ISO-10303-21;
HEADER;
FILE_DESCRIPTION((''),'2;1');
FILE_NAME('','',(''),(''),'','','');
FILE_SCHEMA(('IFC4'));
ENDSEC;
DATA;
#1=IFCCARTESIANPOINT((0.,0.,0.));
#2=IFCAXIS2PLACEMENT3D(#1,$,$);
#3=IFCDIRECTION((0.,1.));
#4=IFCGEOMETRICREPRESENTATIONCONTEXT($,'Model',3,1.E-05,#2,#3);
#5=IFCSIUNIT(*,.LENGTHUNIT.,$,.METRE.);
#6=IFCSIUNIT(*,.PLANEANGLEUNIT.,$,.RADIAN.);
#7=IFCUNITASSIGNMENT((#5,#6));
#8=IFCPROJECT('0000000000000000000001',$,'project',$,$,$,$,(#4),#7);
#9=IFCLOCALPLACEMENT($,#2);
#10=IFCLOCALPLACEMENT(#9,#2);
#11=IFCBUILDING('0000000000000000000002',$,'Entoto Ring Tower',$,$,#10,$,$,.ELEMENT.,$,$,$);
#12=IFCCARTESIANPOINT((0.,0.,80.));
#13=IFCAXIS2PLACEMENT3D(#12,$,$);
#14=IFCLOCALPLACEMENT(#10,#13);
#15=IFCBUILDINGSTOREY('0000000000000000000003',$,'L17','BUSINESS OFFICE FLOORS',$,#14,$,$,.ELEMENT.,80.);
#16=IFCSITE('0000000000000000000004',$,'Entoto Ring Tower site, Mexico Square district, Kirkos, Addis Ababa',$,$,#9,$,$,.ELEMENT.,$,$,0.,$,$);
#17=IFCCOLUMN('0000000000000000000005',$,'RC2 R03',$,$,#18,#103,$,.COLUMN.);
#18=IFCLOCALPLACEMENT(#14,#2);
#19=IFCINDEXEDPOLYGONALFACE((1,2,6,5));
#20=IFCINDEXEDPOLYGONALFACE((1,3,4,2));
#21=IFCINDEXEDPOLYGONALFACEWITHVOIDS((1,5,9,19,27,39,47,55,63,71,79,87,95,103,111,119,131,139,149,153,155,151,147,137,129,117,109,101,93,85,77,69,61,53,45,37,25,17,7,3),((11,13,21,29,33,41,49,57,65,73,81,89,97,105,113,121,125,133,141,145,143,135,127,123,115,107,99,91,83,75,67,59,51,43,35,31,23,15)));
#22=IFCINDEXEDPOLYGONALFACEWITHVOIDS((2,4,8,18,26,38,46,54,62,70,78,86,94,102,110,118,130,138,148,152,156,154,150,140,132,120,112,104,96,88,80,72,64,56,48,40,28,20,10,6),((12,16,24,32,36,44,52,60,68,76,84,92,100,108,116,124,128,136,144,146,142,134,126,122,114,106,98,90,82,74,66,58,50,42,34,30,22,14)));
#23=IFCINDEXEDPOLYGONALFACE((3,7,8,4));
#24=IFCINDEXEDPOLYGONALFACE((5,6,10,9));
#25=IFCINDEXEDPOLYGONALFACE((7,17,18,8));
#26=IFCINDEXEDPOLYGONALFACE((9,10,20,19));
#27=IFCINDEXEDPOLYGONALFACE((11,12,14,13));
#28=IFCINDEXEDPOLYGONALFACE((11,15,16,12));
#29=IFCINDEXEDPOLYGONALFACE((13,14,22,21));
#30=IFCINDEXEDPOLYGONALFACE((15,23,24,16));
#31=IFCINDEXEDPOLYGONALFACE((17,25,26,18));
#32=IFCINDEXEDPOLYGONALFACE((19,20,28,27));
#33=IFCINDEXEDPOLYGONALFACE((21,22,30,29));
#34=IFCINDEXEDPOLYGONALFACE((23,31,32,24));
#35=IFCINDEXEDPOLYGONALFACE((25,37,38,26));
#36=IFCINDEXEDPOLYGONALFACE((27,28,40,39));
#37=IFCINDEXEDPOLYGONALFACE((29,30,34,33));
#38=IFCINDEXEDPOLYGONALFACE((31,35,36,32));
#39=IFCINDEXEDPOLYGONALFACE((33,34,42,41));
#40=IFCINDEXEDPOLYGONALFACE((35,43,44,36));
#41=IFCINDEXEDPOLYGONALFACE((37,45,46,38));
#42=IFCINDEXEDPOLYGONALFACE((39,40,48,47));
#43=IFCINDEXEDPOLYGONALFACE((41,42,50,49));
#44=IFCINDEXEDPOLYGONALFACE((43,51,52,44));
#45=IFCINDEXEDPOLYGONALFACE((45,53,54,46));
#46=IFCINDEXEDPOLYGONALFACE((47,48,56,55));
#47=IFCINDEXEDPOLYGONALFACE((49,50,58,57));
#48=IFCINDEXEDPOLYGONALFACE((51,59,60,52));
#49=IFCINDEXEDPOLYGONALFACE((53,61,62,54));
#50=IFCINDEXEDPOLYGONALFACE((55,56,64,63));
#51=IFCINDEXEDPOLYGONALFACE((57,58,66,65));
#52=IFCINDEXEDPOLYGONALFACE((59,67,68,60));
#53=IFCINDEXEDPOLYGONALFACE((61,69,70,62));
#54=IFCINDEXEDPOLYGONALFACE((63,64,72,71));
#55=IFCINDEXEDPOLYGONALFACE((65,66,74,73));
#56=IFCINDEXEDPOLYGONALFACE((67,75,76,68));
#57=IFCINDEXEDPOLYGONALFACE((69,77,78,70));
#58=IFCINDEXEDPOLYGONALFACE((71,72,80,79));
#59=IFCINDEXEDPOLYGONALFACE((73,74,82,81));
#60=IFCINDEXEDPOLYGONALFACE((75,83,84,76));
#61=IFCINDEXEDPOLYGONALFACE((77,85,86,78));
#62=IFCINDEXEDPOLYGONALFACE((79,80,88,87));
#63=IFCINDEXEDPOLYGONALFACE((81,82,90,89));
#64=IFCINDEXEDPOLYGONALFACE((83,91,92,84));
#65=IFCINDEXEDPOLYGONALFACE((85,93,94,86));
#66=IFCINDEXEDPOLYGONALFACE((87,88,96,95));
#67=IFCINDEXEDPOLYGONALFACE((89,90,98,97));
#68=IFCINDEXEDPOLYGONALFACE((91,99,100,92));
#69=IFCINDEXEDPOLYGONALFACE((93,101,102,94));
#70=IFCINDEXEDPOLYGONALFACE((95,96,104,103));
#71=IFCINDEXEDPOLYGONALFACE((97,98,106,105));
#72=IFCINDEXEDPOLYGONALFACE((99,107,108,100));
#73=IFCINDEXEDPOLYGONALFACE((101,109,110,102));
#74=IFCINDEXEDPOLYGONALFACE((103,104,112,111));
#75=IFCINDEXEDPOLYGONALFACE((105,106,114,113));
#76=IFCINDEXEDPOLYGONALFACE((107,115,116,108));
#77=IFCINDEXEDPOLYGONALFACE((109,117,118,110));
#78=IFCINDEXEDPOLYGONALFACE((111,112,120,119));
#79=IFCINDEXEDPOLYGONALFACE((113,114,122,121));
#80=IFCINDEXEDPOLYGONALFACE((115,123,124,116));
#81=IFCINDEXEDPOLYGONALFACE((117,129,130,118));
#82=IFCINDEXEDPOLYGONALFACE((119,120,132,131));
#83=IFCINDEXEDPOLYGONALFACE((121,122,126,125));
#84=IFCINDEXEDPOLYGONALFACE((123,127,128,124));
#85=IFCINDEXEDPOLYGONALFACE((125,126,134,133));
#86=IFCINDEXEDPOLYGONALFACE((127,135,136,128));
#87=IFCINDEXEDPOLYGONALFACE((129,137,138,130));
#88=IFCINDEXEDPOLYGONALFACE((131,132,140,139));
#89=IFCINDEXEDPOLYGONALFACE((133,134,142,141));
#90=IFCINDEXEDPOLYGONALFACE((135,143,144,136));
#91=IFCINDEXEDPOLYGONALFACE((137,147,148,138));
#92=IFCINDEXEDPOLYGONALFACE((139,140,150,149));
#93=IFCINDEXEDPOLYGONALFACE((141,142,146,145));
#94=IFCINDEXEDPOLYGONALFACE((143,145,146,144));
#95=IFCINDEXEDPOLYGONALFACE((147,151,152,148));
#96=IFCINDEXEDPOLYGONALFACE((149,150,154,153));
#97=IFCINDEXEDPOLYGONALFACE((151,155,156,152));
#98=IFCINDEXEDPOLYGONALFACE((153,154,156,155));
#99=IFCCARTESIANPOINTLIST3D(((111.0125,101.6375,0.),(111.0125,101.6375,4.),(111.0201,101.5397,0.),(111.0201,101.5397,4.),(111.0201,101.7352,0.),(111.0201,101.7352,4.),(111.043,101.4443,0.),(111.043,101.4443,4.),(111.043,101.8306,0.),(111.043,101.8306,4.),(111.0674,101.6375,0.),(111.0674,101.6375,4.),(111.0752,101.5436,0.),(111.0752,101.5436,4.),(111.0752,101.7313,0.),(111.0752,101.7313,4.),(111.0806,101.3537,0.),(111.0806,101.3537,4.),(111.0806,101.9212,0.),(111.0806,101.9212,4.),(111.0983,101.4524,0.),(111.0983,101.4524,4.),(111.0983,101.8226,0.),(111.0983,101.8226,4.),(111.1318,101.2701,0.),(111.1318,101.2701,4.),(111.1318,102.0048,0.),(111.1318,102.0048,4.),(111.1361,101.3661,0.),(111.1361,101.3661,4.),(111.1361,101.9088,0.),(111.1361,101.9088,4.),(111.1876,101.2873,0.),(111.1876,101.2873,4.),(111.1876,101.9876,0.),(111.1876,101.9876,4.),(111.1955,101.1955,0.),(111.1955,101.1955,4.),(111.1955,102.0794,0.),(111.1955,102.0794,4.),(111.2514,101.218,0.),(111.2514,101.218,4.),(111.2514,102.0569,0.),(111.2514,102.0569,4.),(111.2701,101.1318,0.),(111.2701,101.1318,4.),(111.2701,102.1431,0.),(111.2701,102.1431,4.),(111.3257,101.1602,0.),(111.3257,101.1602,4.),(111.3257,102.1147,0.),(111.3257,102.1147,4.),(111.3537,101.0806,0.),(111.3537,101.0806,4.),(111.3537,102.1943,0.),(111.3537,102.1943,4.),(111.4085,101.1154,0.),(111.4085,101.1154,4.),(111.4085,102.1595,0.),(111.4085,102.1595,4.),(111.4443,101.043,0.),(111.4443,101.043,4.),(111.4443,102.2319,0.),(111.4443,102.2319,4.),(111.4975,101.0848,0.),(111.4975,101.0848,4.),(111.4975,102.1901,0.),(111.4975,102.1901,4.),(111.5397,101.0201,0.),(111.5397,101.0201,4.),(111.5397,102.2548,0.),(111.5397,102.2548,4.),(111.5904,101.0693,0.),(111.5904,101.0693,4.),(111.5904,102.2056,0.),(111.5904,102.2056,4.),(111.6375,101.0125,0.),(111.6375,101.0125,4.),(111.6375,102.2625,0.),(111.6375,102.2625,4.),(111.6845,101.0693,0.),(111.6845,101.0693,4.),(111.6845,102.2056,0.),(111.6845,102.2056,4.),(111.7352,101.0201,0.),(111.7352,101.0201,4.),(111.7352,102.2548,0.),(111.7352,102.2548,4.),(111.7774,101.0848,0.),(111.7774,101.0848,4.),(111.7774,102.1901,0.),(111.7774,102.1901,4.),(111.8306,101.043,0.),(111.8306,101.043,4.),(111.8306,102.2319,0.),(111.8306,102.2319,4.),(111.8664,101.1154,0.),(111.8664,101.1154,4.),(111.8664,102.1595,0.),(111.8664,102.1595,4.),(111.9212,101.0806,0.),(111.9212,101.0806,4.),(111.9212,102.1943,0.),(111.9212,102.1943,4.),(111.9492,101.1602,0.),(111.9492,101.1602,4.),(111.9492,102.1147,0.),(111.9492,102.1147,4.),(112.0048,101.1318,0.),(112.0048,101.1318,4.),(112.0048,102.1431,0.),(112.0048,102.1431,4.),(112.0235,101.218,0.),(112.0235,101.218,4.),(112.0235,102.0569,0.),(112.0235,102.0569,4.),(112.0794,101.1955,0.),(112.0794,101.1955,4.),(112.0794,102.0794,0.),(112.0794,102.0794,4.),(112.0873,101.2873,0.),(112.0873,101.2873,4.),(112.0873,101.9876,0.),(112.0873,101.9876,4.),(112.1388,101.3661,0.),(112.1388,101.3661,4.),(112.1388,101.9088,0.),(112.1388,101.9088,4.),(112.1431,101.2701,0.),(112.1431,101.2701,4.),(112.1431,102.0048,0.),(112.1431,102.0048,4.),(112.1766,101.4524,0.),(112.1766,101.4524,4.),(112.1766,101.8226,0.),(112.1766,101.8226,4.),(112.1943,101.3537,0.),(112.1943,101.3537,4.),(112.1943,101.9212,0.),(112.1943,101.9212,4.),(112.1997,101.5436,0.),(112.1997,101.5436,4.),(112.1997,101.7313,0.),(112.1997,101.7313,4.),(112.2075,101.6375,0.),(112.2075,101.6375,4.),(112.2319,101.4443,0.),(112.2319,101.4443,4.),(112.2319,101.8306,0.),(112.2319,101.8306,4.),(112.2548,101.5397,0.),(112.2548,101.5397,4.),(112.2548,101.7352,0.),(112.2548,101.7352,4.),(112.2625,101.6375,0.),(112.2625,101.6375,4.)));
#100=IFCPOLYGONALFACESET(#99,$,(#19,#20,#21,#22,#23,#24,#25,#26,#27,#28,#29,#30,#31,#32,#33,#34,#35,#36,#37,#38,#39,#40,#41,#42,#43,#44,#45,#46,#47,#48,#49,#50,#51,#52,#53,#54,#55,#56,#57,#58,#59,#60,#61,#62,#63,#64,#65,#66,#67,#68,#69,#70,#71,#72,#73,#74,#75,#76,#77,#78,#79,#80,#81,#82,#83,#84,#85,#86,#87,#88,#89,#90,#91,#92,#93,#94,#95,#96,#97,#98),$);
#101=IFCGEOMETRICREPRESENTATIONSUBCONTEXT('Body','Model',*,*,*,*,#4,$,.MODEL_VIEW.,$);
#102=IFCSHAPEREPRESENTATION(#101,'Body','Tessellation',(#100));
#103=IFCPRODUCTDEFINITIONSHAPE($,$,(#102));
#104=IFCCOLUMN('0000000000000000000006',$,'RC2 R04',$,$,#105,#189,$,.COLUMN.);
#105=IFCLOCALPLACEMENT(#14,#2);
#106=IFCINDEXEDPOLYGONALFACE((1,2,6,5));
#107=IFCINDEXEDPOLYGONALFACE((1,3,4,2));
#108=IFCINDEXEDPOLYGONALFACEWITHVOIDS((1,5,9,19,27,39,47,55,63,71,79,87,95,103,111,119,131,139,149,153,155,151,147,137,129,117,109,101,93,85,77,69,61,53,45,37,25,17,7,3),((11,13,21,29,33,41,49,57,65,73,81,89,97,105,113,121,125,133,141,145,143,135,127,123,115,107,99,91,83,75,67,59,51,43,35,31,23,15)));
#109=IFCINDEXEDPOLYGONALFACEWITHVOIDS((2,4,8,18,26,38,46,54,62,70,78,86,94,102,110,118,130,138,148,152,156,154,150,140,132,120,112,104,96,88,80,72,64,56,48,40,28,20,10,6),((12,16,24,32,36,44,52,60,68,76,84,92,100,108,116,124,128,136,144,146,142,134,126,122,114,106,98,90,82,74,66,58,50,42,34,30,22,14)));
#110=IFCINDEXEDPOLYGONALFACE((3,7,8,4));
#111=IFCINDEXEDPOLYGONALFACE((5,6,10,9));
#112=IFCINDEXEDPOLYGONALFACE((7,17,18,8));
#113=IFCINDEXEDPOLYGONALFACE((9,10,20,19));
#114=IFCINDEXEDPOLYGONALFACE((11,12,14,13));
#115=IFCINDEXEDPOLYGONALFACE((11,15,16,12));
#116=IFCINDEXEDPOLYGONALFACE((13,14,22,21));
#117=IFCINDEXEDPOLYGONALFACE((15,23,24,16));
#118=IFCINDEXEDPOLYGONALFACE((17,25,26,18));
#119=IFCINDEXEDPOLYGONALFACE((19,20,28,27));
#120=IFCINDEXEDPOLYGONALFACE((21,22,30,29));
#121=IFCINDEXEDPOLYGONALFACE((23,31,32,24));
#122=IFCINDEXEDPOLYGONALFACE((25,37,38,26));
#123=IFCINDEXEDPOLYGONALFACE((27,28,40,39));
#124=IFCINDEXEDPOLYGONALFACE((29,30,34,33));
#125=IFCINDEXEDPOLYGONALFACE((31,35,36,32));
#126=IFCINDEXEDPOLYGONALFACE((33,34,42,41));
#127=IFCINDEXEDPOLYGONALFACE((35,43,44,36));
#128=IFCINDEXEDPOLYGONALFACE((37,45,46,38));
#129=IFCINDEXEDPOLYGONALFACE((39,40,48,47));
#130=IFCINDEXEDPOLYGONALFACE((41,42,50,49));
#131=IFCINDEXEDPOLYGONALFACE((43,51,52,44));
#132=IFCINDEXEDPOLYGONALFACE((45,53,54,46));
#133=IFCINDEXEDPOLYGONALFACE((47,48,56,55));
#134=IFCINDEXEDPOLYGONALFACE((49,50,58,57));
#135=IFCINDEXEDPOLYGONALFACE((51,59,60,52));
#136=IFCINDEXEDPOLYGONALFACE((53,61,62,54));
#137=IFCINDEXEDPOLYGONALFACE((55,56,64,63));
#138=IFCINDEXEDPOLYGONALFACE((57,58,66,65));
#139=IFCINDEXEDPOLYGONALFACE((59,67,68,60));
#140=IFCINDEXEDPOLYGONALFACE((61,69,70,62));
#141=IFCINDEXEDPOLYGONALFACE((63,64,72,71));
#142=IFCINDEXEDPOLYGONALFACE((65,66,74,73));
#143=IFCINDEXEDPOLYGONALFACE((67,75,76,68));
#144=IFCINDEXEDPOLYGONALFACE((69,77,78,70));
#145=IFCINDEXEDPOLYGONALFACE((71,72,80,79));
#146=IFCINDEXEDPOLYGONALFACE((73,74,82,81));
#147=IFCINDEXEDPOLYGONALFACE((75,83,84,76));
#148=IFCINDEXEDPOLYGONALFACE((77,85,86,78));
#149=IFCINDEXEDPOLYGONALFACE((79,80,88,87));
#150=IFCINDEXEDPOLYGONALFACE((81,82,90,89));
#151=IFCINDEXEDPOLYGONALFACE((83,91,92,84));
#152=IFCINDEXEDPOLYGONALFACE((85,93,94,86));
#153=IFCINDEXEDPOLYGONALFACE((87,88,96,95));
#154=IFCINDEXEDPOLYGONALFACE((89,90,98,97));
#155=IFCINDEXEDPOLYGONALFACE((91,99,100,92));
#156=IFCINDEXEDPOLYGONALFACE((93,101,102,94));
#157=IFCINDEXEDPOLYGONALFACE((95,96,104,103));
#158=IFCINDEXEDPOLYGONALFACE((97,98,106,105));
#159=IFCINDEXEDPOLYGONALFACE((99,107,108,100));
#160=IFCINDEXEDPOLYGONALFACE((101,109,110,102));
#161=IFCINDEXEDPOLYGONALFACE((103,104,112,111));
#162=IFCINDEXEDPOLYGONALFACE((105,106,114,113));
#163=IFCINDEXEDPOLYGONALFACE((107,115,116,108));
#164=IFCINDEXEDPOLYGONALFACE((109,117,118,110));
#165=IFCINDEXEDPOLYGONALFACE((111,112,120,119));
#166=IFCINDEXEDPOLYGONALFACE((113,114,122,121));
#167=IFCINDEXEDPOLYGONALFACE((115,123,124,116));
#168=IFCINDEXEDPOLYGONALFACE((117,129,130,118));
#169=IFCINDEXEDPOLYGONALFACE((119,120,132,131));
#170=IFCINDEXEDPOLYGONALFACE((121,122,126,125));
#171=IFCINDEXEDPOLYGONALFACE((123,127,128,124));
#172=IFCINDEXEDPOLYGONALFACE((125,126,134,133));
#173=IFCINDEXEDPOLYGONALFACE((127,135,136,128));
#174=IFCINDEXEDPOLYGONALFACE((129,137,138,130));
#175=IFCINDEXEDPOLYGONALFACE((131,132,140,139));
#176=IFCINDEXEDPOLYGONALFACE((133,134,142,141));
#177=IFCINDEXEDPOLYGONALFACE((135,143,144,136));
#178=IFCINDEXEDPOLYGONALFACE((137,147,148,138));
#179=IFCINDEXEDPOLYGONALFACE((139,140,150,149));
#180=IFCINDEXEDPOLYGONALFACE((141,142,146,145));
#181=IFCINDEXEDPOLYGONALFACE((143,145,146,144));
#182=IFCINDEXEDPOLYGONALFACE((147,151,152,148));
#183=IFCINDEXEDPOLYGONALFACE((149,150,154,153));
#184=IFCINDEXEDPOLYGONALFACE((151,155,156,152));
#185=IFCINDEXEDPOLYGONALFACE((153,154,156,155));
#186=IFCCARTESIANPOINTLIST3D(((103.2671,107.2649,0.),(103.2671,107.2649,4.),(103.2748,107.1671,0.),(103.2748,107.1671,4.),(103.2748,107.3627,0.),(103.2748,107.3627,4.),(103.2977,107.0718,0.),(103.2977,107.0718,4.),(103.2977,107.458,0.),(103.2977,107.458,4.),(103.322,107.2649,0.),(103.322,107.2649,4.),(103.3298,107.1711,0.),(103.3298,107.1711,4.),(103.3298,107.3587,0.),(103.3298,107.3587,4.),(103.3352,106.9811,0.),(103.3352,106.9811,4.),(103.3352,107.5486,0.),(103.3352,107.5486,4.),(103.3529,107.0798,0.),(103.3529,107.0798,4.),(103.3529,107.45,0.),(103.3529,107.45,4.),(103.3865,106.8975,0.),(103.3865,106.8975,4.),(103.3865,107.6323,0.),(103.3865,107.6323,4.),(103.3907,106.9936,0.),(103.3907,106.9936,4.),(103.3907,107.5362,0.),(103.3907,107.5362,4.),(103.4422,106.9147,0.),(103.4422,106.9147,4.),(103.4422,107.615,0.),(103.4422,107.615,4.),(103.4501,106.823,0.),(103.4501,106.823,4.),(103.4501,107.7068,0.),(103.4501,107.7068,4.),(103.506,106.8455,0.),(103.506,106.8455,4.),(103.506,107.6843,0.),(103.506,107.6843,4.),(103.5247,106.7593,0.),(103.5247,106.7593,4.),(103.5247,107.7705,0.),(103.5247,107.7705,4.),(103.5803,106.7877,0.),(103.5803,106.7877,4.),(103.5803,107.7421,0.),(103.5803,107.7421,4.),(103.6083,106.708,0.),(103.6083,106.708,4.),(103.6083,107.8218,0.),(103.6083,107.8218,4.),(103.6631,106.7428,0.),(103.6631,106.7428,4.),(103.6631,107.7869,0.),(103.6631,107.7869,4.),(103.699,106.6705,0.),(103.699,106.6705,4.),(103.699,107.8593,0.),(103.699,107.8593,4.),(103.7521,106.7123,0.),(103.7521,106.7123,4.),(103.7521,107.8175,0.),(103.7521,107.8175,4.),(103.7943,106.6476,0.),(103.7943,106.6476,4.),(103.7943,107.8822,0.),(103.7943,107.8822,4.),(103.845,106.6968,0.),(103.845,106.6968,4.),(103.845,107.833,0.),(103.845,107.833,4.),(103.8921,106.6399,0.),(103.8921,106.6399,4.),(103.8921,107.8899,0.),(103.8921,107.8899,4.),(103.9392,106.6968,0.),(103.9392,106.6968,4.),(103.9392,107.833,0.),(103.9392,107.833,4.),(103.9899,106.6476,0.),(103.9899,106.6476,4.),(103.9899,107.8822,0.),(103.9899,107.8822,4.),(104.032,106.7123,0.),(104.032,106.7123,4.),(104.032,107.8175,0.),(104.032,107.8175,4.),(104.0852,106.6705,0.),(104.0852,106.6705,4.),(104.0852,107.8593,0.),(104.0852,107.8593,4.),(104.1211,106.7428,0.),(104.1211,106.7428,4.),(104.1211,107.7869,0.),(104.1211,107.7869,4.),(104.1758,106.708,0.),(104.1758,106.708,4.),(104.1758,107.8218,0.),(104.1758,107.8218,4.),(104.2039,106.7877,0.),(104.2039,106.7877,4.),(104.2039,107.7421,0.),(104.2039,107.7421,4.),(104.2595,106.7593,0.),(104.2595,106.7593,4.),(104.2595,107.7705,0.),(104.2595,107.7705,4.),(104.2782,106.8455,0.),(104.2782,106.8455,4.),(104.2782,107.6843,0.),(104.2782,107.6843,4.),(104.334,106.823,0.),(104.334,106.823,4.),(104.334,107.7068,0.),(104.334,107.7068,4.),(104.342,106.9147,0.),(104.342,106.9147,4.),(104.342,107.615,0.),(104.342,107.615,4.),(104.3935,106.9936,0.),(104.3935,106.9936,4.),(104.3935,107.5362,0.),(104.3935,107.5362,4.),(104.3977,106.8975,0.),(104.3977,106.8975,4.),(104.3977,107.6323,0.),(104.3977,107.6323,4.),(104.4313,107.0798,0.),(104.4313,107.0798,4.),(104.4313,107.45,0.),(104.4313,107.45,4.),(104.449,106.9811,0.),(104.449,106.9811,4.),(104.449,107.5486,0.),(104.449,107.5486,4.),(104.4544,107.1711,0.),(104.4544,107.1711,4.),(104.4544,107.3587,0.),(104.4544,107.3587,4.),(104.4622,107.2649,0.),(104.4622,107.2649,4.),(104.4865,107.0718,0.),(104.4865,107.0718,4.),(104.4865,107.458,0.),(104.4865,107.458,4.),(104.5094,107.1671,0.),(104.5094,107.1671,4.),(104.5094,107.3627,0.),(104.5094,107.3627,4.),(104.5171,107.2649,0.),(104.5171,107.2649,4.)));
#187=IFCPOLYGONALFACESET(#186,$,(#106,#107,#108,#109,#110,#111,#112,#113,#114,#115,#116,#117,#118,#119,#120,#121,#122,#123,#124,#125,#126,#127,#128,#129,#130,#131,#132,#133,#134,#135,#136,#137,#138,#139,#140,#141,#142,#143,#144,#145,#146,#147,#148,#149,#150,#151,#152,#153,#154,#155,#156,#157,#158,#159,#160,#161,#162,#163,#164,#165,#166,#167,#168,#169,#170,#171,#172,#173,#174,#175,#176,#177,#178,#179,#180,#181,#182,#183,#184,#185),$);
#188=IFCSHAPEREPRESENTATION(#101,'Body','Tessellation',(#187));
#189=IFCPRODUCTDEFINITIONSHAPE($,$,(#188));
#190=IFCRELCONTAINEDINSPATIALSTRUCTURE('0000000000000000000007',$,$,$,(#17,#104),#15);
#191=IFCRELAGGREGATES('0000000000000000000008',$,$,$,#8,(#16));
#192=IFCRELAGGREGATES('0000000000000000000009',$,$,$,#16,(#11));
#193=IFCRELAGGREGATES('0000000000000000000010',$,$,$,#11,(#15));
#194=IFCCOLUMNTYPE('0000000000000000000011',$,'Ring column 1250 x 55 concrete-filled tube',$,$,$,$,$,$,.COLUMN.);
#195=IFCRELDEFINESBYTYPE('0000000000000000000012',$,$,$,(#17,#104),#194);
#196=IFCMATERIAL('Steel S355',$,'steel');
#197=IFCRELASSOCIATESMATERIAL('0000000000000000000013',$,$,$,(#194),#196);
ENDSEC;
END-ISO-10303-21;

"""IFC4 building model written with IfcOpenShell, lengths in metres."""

from ifc_helpers import new_model, si_unit, direction, frame, origin, origin_2d, place, context, subcontext, project, spatial, circle, hollow_circle, extrude, material, material_profile, profile_set, type_object, element, save


model = new_model("IFC4")

# Units and contexts
model_context = context("Model", 3, precision=1e-05, world=origin(), true_north=direction((0.0, 1.0)))
body_context = subcontext(model_context, "Body", "Model", "MODEL_VIEW")
ifc_project = project(units=[si_unit("LENGTHUNIT", "METRE"), si_unit("PLANEANGLEUNIT", "RADIAN")], contexts=[model_context])

# Site, building, storey
site_placement = place(None, origin())
site = spatial("IfcSite", under=ifc_project, at=site_placement, Name="Entoto Ring Tower site, Mexico Square district, Kirkos, Addis Ababa", CompositionType="ELEMENT", RefElevation=0.0)
building_placement = place(site_placement, origin())
building = spatial("IfcBuilding", under=site, at=building_placement, Name="Entoto Ring Tower", CompositionType="ELEMENT")
storey_placement = place(building_placement, frame((0.0, 0.0, 80.0)))
storey = spatial("IfcBuildingStorey", under=building, at=storey_placement, Name="L17", Description="BUSINESS OFFICE FLOORS", CompositionType="ELEMENT", Elevation=80.0)

# Columns
ifc_material_1 = material(Name="Steel S355", Category="steel")
ifc_material_profile_1 = material_profile(ifc_material_1, hollow_circle(Radius=0.625, WallThickness=0.0549, at=origin_2d()), Name="CHS 1250 x 55")
ifc_material_2 = material(Name="Concrete C60/75", Category="concrete")
ifc_material_profile_2 = material_profile(ifc_material_2, circle(Radius=0.5701, at=origin_2d()), Name="Concrete C60/75 infill")
ifc_profile_set_1 = profile_set([ifc_material_profile_1, ifc_material_profile_2], Name="Steel S355")
column_type = type_object("IfcColumnType", Name="Ring column 1250 x 55 concrete-filled tube", PredefinedType="COLUMN", material=ifc_profile_set_1)
for number, where, z_axis, x_axis, name in (
    (1, (111.6375, 101.6375, 0.0), (0.0, 0.0, 1.0), (1.0, 0.0, 0.0), "RC2 R03"),
    (2, (103.8921, 107.2649, 0.0), (0.0, 0.0, 1.0), (1.0, 0.0, 0.0), "RC2 R04"),
):
    element("IfcColumn", number, at=place(storey_placement, frame(where, z_axis=z_axis, x_axis=x_axis)), inside=storey, type_object=column_type, Name=name, PredefinedType="COLUMN", context=body_context, shape_type="SweptSolid", body=[
        extrude(hollow_circle(Radius=0.625, WallThickness=0.0549, at=origin_2d()), origin(), (0.0, 0.0, 1.0), 4.0),
    ])

save(model, "model.ifc")
